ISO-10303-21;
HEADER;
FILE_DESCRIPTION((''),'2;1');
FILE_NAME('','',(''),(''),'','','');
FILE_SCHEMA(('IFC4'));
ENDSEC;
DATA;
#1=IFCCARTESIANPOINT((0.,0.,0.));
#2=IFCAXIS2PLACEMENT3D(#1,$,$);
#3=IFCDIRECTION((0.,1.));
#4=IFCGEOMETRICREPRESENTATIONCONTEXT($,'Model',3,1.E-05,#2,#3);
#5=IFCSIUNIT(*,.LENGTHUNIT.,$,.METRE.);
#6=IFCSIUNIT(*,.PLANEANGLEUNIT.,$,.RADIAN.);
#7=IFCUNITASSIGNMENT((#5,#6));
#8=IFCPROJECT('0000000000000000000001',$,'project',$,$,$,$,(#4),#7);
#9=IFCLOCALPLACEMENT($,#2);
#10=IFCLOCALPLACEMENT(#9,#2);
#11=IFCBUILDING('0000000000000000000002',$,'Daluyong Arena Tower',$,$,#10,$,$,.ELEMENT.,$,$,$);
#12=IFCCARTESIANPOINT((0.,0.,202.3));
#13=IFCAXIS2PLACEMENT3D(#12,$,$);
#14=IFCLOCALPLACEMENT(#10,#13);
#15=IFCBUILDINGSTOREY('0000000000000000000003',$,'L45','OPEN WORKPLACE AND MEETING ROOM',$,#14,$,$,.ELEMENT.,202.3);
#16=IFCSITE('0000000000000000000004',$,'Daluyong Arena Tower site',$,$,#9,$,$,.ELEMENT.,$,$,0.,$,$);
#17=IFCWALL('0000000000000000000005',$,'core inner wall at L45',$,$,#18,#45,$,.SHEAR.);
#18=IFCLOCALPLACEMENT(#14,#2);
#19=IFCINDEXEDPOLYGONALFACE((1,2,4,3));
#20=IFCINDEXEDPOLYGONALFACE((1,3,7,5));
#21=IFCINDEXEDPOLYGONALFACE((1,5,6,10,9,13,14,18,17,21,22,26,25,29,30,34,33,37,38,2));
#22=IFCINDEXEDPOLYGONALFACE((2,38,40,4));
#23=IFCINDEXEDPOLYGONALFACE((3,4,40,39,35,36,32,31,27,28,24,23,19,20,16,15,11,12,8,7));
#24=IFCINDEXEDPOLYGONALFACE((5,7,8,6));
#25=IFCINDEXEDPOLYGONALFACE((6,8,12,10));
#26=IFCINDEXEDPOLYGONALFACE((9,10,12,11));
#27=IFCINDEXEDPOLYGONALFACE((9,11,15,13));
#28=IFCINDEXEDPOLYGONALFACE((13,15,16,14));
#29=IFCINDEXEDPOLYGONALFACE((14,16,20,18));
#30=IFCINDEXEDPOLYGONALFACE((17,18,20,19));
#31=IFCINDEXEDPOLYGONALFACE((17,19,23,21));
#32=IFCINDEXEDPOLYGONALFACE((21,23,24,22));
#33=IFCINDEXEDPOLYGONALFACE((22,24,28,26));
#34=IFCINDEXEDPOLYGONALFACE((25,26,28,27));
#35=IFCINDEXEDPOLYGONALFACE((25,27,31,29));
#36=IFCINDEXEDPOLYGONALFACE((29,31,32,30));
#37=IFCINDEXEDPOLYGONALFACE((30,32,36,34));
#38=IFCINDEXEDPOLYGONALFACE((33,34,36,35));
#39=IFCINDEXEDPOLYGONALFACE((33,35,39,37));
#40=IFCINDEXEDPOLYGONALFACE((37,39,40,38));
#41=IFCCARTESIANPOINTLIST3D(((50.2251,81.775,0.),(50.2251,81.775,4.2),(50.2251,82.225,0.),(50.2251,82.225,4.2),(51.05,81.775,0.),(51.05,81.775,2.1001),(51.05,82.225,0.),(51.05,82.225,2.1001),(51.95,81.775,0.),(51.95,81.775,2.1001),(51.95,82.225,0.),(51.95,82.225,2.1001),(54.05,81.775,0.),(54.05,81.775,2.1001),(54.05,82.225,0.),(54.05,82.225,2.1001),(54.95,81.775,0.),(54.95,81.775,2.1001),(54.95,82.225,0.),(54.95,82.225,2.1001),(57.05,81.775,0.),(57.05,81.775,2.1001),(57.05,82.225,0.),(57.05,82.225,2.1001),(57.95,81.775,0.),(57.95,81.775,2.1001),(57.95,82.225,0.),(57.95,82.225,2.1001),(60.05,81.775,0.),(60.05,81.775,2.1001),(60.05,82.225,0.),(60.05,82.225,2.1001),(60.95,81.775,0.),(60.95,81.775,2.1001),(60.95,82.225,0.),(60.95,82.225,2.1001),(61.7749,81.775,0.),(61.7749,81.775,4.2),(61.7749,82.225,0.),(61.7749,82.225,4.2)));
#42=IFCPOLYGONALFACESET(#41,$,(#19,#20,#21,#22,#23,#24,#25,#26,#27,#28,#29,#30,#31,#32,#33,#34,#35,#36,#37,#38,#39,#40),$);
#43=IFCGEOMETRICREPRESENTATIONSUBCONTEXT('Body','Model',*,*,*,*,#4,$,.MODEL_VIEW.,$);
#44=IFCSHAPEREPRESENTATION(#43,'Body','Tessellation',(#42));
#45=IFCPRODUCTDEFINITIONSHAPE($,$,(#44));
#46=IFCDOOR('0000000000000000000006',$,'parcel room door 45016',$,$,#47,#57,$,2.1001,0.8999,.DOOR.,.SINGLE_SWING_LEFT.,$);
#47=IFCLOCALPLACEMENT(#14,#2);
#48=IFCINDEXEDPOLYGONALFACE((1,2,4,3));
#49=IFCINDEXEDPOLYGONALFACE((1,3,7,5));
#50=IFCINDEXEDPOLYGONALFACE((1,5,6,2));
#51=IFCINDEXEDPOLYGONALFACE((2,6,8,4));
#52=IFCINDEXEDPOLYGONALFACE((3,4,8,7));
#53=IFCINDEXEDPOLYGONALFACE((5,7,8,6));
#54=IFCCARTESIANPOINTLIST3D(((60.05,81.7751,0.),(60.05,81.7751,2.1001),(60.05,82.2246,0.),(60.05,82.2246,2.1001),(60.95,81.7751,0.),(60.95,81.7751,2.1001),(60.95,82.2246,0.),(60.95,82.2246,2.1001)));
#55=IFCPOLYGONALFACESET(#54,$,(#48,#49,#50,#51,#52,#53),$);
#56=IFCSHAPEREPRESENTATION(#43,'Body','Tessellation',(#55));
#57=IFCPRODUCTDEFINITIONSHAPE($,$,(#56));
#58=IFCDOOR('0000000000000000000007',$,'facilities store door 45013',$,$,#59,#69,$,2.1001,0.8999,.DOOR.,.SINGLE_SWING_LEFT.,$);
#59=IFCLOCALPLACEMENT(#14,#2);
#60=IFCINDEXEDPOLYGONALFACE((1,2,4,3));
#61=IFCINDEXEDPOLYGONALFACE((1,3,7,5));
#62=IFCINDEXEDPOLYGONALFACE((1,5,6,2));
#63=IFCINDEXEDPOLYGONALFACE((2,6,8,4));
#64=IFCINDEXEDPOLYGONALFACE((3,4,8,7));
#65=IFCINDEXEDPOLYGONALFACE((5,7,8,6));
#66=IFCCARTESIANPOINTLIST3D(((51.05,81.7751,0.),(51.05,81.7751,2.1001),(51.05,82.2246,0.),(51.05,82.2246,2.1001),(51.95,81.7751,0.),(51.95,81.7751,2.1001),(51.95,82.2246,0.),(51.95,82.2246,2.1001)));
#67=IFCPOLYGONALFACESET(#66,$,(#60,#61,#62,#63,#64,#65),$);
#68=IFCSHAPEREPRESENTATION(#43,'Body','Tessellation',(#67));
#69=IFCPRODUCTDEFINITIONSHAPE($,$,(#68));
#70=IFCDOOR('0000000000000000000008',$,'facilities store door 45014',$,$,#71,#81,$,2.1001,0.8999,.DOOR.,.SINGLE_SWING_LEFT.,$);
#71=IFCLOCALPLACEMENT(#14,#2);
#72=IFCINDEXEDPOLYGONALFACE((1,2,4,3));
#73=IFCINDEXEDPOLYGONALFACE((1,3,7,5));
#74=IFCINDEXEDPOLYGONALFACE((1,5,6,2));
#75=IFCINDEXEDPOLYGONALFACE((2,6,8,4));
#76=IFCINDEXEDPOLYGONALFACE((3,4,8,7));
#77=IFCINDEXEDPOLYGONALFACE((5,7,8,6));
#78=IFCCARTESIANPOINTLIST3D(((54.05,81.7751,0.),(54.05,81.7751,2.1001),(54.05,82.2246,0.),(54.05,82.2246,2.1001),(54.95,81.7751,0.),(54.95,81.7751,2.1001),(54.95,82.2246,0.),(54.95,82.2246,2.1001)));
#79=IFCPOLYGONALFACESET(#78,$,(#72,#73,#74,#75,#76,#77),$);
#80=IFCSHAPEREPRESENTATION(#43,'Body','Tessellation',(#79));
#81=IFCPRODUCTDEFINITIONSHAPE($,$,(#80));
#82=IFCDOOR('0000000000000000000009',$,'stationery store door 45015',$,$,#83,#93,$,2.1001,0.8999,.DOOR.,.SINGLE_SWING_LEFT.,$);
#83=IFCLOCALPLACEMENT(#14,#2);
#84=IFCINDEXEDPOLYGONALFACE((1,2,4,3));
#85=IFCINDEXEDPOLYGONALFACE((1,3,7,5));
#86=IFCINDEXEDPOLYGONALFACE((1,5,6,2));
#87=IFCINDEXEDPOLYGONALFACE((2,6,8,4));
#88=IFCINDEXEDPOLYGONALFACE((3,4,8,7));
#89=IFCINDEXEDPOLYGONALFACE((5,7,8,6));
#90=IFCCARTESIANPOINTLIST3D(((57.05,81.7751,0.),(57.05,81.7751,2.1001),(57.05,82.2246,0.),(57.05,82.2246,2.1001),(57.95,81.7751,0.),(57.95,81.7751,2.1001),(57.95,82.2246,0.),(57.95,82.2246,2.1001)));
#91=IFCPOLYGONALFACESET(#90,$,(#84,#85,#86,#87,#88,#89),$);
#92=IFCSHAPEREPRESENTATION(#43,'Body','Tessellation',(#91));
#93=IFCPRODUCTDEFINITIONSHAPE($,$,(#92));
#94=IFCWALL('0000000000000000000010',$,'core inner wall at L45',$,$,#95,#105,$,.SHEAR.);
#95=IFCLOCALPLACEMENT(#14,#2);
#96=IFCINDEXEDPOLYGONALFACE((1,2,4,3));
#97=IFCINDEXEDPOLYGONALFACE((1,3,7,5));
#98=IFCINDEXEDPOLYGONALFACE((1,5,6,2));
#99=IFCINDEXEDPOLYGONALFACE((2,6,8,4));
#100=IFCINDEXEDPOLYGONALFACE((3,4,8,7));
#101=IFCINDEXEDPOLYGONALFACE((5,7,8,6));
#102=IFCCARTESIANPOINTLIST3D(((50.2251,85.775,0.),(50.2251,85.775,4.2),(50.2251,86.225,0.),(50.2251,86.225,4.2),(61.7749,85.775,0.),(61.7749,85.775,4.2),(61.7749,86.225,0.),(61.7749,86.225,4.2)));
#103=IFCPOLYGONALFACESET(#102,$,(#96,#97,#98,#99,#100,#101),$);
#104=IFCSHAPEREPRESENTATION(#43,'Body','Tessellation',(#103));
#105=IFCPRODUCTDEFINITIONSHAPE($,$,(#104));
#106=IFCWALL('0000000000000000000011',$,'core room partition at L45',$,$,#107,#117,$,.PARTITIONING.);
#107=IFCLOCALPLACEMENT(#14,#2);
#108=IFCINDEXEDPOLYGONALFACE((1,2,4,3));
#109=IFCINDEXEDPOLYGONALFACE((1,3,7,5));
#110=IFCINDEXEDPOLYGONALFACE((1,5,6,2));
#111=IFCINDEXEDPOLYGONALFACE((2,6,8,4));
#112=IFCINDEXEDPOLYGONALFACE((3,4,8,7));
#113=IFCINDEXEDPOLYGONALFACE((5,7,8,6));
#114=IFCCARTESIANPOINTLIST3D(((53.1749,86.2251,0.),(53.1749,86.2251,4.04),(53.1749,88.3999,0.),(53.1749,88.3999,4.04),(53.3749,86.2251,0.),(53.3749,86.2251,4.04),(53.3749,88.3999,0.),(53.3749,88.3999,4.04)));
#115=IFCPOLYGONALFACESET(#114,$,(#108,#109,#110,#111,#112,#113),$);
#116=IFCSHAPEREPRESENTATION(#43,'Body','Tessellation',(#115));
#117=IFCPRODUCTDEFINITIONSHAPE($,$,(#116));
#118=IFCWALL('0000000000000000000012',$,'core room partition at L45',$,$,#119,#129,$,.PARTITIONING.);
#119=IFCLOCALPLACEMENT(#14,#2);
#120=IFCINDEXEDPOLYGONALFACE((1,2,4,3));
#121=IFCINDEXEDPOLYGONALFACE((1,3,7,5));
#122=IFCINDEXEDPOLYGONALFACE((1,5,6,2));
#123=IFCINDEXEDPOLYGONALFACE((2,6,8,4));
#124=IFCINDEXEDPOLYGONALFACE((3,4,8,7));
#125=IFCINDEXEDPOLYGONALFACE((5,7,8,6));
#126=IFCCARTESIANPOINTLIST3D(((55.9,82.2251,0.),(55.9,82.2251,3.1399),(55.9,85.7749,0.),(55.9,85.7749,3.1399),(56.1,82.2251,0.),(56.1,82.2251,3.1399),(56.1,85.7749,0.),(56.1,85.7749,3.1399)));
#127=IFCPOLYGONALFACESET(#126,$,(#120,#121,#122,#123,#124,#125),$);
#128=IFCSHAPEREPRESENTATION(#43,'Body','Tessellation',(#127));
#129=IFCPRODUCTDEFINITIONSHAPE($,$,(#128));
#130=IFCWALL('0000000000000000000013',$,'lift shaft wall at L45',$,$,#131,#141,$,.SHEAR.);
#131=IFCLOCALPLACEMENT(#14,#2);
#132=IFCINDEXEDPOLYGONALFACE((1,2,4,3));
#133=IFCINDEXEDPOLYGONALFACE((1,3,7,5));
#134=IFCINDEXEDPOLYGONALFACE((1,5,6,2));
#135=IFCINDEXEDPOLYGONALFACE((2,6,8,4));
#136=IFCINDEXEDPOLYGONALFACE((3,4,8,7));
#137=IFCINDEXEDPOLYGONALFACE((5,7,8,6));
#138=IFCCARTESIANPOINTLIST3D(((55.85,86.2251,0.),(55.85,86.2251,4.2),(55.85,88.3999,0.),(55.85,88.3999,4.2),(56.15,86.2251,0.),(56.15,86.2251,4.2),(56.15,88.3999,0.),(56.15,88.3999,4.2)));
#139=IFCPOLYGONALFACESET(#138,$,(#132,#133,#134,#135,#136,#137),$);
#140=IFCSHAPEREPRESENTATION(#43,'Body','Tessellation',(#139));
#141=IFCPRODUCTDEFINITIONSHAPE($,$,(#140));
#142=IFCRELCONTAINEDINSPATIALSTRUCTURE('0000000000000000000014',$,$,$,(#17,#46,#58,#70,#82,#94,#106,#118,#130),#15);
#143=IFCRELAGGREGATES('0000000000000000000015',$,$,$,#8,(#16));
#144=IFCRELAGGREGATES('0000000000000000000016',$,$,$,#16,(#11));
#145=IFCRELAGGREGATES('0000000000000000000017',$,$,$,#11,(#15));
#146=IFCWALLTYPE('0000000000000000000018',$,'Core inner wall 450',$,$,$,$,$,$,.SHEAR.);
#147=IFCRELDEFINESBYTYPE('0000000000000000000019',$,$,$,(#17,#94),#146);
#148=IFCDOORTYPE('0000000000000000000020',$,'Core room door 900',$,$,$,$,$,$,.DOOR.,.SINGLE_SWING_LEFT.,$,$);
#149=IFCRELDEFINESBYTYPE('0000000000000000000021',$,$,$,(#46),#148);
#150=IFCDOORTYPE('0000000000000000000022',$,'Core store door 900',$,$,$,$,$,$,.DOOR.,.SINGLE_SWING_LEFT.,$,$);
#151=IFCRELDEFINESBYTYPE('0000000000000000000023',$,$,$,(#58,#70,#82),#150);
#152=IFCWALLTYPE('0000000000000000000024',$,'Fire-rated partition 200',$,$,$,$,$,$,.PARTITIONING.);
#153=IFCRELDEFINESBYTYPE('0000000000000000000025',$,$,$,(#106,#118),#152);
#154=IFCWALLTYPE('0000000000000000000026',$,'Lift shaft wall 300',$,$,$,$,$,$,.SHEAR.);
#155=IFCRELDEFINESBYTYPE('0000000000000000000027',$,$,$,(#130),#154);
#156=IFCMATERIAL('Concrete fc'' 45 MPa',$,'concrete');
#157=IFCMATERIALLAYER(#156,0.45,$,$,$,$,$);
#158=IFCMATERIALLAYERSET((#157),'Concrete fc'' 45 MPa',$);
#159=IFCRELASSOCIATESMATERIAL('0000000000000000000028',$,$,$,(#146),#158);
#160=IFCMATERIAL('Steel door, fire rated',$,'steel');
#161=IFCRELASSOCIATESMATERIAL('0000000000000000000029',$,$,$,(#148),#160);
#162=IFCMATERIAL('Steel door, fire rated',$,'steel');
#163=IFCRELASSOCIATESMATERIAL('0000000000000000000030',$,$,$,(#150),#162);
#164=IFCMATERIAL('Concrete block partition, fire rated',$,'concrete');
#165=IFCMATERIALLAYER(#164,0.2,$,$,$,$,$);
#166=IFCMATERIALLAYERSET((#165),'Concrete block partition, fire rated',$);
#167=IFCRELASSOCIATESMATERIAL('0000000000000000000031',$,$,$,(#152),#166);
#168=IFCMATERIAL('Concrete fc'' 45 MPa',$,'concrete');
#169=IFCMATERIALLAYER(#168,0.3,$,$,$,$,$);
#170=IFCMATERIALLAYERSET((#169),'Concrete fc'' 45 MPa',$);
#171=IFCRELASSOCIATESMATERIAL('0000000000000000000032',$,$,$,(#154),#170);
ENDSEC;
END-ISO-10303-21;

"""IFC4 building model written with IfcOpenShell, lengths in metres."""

from ifc_helpers import new_model, si_unit, direction, frame, frame_2d, origin, place, context, subcontext, project, spatial, rectangle, extrude, material, layer, layer_set, type_object, element, fill, save


model = new_model("IFC4")

# Units and contexts
model_context = context("Model", 3, precision=1e-05, world=origin(), true_north=direction((0.0, 1.0)))
body_context = subcontext(model_context, "Body", "Model", "MODEL_VIEW")
ifc_project = project(units=[si_unit("LENGTHUNIT", "METRE"), si_unit("PLANEANGLEUNIT", "RADIAN")], contexts=[model_context])

# Site, building, storey
site_placement = place(None, origin())
site = spatial("IfcSite", under=ifc_project, at=site_placement, Name="Daluyong Arena Tower site", CompositionType="ELEMENT", RefElevation=0.0)
building_placement = place(site_placement, origin())
building = spatial("IfcBuilding", under=site, at=building_placement, Name="Daluyong Arena Tower", CompositionType="ELEMENT")
storey_placement = place(building_placement, frame((0.0, 0.0, 202.3)))
storey = spatial("IfcBuildingStorey", under=building, at=storey_placement, Name="L45", Description="OPEN WORKPLACE AND MEETING ROOM", CompositionType="ELEMENT", Elevation=202.3)

# Wall, openings, doors
ifc_material_1 = material(Name="Concrete fc' 45 MPa", Category="concrete")
ifc_layer_1 = layer(ifc_material_1, 0.45)
ifc_layer_set_1 = layer_set([ifc_layer_1], Name="Concrete fc' 45 MPa")
wall_type_1 = type_object("IfcWallType", Name="Core inner wall 450", PredefinedType="SHEAR", material=ifc_layer_set_1)
ifc_material_2 = material(Name="Steel door, fire rated", Category="steel")
door_type_1 = type_object("IfcDoorType", Name="Core room door 900", OperationType="SINGLE_SWING_LEFT", PredefinedType="DOOR", material=ifc_material_2)
ifc_material_3 = material(Name="Steel door, fire rated", Category="steel")
door_type_2 = type_object("IfcDoorType", Name="Core store door 900", OperationType="SINGLE_SWING_LEFT", PredefinedType="DOOR", material=ifc_material_3)
wall_1_placement = place(storey_placement, frame((50.2251, 82.0, 0.0), z_axis=(0.0, 0.0, 1.0), x_axis=(1.0, 0.0, 0.0)))
wall_1 = element("IfcWall", 1, at=wall_1_placement, inside=storey, type_object=wall_type_1, Name="core inner wall at L45", PredefinedType="SHEAR", context=body_context, shape_type="SweptSolid", body=[
    extrude(rectangle(XDim=11.5498, YDim=0.45, at=frame_2d((5.7749, 0.0))), origin(), (0.0, 0.0, 1.0), 4.2),
])
opening_1_placement = place(wall_1_placement, frame((0.825, 0.0, 0.0)))
opening_1 = element("IfcOpeningElement", 2, at=opening_1_placement, cuts=wall_1, PredefinedType="OPENING", context=body_context, shape_type="SweptSolid", body=[
    extrude(rectangle(XDim=0.8999, YDim=2.1001, at=frame_2d((0.45, 1.05))), frame((0.0, 0.2349, 0.0), z_axis=(0.0, -1.0, 0.0), x_axis=(1.0, 0.0, 0.0)), (0.0, 0.0, 1.0), 0.47),
])
opening_2_placement = place(wall_1_placement, frame((3.825, 0.0, 0.0)))
opening_2 = element("IfcOpeningElement", 3, at=opening_2_placement, cuts=wall_1, PredefinedType="OPENING", context=body_context, shape_type="SweptSolid", body=[
    extrude(rectangle(XDim=0.8999, YDim=2.1001, at=frame_2d((0.45, 1.05))), frame((0.0, 0.2349, 0.0), z_axis=(0.0, -1.0, 0.0), x_axis=(1.0, 0.0, 0.0)), (0.0, 0.0, 1.0), 0.47),
])
opening_3_placement = place(wall_1_placement, frame((6.825, 0.0, 0.0)))
opening_3 = element("IfcOpeningElement", 4, at=opening_3_placement, cuts=wall_1, PredefinedType="OPENING", context=body_context, shape_type="SweptSolid", body=[
    extrude(rectangle(XDim=0.8999, YDim=2.1001, at=frame_2d((0.45, 1.05))), frame((0.0, 0.2349, 0.0), z_axis=(0.0, -1.0, 0.0), x_axis=(1.0, 0.0, 0.0)), (0.0, 0.0, 1.0), 0.47),
])
opening_4_placement = place(wall_1_placement, frame((9.825, 0.0, 0.0)))
opening_4 = element("IfcOpeningElement", 5, at=opening_4_placement, cuts=wall_1, PredefinedType="OPENING", context=body_context, shape_type="SweptSolid", body=[
    extrude(rectangle(XDim=0.8999, YDim=2.1001, at=frame_2d((0.45, 1.05))), frame((0.0, 0.2349, 0.0), z_axis=(0.0, -1.0, 0.0), x_axis=(1.0, 0.0, 0.0)), (0.0, 0.0, 1.0), 0.47),
])
door_1_placement = place(opening_4_placement, origin())
door_1 = element("IfcDoor", 6, at=door_1_placement, inside=storey, type_object=door_type_1, Name="parcel room door 45016", OperationType="SINGLE_SWING_LEFT", OverallHeight=2.1001, OverallWidth=0.8999, PredefinedType="DOOR", context=body_context, shape_type="SweptSolid", body=[
    extrude(rectangle(XDim=0.8999, YDim=2.1001, at=frame_2d((0.45, 1.05))), frame((0.0, 0.2246, 0.0), z_axis=(0.0, -1.0, 0.0), x_axis=(1.0, 0.0, 0.0)), (0.0, 0.0, 1.0), 0.4495),
])
fill(opening_4, door_1)
door_2_placement = place(opening_1_placement, origin())
door_2 = element("IfcDoor", 7, at=door_2_placement, inside=storey, type_object=door_type_2, Name="facilities store door 45013", OperationType="SINGLE_SWING_LEFT", OverallHeight=2.1001, OverallWidth=0.8999, PredefinedType="DOOR", context=body_context, shape_type="SweptSolid", body=[
    extrude(rectangle(XDim=0.8999, YDim=2.1001, at=frame_2d((0.45, 1.05))), frame((0.0, 0.2246, 0.0), z_axis=(0.0, -1.0, 0.0), x_axis=(1.0, 0.0, 0.0)), (0.0, 0.0, 1.0), 0.4495),
])
fill(opening_1, door_2)
door_3_placement = place(opening_2_placement, origin())
door_3 = element("IfcDoor", 8, at=door_3_placement, inside=storey, type_object=door_type_2, Name="facilities store door 45014", OperationType="SINGLE_SWING_LEFT", OverallHeight=2.1001, OverallWidth=0.8999, PredefinedType="DOOR", context=body_context, shape_type="SweptSolid", body=[
    extrude(rectangle(XDim=0.8999, YDim=2.1001, at=frame_2d((0.45, 1.05))), frame((0.0, 0.2246, 0.0), z_axis=(0.0, -1.0, 0.0), x_axis=(1.0, 0.0, 0.0)), (0.0, 0.0, 1.0), 0.4495),
])
fill(opening_2, door_3)
door_4_placement = place(opening_3_placement, origin())
door_4 = element("IfcDoor", 9, at=door_4_placement, inside=storey, type_object=door_type_2, Name="stationery store door 45015", OperationType="SINGLE_SWING_LEFT", OverallHeight=2.1001, OverallWidth=0.8999, PredefinedType="DOOR", context=body_context, shape_type="SweptSolid", body=[
    extrude(rectangle(XDim=0.8999, YDim=2.1001, at=frame_2d((0.45, 1.05))), frame((0.0, 0.2246, 0.0), z_axis=(0.0, -1.0, 0.0), x_axis=(1.0, 0.0, 0.0)), (0.0, 0.0, 1.0), 0.4495),
])
fill(opening_3, door_4)

# Walls
wall_2_placement = place(storey_placement, frame((50.2251, 86.0, 0.0), z_axis=(0.0, 0.0, 1.0), x_axis=(1.0, 0.0, 0.0)))
element("IfcWall", 10, at=wall_2_placement, inside=storey, type_object=wall_type_1, Name="core inner wall at L45", PredefinedType="SHEAR", context=body_context, shape_type="SweptSolid", body=[
    extrude(rectangle(XDim=11.5498, YDim=0.45, at=frame_2d((5.7749, 0.0))), origin(), (0.0, 0.0, 1.0), 4.2),
])
ifc_material_4 = material(Name="Concrete block partition, fire rated", Category="concrete")
ifc_layer_2 = layer(ifc_material_4, 0.2)
ifc_layer_set_2 = layer_set([ifc_layer_2], Name="Concrete block partition, fire rated")
wall_type_2 = type_object("IfcWallType", Name="Fire-rated partition 200", PredefinedType="PARTITIONING", material=ifc_layer_set_2)
wall_3_placement = place(storey_placement, frame((53.2749, 86.2251, 0.0), z_axis=(0.0, 0.0, 1.0), x_axis=(0.0, 1.0, 0.0)))
element("IfcWall", 11, at=wall_3_placement, inside=storey, type_object=wall_type_2, Name="core room partition at L45", PredefinedType="PARTITIONING", context=body_context, shape_type="SweptSolid", body=[
    extrude(rectangle(XDim=2.1748, YDim=0.2, at=frame_2d((1.0874, 0.0))), origin(), (0.0, 0.0, 1.0), 4.04),
])
wall_4_placement = place(storey_placement, frame((56.0, 82.2251, 0.0), z_axis=(0.0, 0.0, 1.0), x_axis=(0.0, 1.0, 0.0)))
element("IfcWall", 12, at=wall_4_placement, inside=storey, type_object=wall_type_2, Name="core room partition at L45", PredefinedType="PARTITIONING", context=body_context, shape_type="SweptSolid", body=[
    extrude(rectangle(XDim=3.5498, YDim=0.2, at=frame_2d((1.7749, 0.0))), origin(), (0.0, 0.0, 1.0), 3.1399),
])
ifc_material_5 = material(Name="Concrete fc' 45 MPa", Category="concrete")
ifc_layer_3 = layer(ifc_material_5, 0.3)
ifc_layer_set_3 = layer_set([ifc_layer_3], Name="Concrete fc' 45 MPa")
wall_type_3 = type_object("IfcWallType", Name="Lift shaft wall 300", PredefinedType="SHEAR", material=ifc_layer_set_3)
wall_5_placement = place(storey_placement, frame((56.0, 86.2251, 0.0), z_axis=(0.0, 0.0, 1.0), x_axis=(0.0, 1.0, 0.0)))
element("IfcWall", 13, at=wall_5_placement, inside=storey, type_object=wall_type_3, Name="lift shaft wall at L45", PredefinedType="SHEAR", context=body_context, shape_type="SweptSolid", body=[
    extrude(rectangle(XDim=2.1748, YDim=0.3, at=frame_2d((1.0874, 0.0))), origin(), (0.0, 0.0, 1.0), 4.2),
])

save(model, "model.ifc")
